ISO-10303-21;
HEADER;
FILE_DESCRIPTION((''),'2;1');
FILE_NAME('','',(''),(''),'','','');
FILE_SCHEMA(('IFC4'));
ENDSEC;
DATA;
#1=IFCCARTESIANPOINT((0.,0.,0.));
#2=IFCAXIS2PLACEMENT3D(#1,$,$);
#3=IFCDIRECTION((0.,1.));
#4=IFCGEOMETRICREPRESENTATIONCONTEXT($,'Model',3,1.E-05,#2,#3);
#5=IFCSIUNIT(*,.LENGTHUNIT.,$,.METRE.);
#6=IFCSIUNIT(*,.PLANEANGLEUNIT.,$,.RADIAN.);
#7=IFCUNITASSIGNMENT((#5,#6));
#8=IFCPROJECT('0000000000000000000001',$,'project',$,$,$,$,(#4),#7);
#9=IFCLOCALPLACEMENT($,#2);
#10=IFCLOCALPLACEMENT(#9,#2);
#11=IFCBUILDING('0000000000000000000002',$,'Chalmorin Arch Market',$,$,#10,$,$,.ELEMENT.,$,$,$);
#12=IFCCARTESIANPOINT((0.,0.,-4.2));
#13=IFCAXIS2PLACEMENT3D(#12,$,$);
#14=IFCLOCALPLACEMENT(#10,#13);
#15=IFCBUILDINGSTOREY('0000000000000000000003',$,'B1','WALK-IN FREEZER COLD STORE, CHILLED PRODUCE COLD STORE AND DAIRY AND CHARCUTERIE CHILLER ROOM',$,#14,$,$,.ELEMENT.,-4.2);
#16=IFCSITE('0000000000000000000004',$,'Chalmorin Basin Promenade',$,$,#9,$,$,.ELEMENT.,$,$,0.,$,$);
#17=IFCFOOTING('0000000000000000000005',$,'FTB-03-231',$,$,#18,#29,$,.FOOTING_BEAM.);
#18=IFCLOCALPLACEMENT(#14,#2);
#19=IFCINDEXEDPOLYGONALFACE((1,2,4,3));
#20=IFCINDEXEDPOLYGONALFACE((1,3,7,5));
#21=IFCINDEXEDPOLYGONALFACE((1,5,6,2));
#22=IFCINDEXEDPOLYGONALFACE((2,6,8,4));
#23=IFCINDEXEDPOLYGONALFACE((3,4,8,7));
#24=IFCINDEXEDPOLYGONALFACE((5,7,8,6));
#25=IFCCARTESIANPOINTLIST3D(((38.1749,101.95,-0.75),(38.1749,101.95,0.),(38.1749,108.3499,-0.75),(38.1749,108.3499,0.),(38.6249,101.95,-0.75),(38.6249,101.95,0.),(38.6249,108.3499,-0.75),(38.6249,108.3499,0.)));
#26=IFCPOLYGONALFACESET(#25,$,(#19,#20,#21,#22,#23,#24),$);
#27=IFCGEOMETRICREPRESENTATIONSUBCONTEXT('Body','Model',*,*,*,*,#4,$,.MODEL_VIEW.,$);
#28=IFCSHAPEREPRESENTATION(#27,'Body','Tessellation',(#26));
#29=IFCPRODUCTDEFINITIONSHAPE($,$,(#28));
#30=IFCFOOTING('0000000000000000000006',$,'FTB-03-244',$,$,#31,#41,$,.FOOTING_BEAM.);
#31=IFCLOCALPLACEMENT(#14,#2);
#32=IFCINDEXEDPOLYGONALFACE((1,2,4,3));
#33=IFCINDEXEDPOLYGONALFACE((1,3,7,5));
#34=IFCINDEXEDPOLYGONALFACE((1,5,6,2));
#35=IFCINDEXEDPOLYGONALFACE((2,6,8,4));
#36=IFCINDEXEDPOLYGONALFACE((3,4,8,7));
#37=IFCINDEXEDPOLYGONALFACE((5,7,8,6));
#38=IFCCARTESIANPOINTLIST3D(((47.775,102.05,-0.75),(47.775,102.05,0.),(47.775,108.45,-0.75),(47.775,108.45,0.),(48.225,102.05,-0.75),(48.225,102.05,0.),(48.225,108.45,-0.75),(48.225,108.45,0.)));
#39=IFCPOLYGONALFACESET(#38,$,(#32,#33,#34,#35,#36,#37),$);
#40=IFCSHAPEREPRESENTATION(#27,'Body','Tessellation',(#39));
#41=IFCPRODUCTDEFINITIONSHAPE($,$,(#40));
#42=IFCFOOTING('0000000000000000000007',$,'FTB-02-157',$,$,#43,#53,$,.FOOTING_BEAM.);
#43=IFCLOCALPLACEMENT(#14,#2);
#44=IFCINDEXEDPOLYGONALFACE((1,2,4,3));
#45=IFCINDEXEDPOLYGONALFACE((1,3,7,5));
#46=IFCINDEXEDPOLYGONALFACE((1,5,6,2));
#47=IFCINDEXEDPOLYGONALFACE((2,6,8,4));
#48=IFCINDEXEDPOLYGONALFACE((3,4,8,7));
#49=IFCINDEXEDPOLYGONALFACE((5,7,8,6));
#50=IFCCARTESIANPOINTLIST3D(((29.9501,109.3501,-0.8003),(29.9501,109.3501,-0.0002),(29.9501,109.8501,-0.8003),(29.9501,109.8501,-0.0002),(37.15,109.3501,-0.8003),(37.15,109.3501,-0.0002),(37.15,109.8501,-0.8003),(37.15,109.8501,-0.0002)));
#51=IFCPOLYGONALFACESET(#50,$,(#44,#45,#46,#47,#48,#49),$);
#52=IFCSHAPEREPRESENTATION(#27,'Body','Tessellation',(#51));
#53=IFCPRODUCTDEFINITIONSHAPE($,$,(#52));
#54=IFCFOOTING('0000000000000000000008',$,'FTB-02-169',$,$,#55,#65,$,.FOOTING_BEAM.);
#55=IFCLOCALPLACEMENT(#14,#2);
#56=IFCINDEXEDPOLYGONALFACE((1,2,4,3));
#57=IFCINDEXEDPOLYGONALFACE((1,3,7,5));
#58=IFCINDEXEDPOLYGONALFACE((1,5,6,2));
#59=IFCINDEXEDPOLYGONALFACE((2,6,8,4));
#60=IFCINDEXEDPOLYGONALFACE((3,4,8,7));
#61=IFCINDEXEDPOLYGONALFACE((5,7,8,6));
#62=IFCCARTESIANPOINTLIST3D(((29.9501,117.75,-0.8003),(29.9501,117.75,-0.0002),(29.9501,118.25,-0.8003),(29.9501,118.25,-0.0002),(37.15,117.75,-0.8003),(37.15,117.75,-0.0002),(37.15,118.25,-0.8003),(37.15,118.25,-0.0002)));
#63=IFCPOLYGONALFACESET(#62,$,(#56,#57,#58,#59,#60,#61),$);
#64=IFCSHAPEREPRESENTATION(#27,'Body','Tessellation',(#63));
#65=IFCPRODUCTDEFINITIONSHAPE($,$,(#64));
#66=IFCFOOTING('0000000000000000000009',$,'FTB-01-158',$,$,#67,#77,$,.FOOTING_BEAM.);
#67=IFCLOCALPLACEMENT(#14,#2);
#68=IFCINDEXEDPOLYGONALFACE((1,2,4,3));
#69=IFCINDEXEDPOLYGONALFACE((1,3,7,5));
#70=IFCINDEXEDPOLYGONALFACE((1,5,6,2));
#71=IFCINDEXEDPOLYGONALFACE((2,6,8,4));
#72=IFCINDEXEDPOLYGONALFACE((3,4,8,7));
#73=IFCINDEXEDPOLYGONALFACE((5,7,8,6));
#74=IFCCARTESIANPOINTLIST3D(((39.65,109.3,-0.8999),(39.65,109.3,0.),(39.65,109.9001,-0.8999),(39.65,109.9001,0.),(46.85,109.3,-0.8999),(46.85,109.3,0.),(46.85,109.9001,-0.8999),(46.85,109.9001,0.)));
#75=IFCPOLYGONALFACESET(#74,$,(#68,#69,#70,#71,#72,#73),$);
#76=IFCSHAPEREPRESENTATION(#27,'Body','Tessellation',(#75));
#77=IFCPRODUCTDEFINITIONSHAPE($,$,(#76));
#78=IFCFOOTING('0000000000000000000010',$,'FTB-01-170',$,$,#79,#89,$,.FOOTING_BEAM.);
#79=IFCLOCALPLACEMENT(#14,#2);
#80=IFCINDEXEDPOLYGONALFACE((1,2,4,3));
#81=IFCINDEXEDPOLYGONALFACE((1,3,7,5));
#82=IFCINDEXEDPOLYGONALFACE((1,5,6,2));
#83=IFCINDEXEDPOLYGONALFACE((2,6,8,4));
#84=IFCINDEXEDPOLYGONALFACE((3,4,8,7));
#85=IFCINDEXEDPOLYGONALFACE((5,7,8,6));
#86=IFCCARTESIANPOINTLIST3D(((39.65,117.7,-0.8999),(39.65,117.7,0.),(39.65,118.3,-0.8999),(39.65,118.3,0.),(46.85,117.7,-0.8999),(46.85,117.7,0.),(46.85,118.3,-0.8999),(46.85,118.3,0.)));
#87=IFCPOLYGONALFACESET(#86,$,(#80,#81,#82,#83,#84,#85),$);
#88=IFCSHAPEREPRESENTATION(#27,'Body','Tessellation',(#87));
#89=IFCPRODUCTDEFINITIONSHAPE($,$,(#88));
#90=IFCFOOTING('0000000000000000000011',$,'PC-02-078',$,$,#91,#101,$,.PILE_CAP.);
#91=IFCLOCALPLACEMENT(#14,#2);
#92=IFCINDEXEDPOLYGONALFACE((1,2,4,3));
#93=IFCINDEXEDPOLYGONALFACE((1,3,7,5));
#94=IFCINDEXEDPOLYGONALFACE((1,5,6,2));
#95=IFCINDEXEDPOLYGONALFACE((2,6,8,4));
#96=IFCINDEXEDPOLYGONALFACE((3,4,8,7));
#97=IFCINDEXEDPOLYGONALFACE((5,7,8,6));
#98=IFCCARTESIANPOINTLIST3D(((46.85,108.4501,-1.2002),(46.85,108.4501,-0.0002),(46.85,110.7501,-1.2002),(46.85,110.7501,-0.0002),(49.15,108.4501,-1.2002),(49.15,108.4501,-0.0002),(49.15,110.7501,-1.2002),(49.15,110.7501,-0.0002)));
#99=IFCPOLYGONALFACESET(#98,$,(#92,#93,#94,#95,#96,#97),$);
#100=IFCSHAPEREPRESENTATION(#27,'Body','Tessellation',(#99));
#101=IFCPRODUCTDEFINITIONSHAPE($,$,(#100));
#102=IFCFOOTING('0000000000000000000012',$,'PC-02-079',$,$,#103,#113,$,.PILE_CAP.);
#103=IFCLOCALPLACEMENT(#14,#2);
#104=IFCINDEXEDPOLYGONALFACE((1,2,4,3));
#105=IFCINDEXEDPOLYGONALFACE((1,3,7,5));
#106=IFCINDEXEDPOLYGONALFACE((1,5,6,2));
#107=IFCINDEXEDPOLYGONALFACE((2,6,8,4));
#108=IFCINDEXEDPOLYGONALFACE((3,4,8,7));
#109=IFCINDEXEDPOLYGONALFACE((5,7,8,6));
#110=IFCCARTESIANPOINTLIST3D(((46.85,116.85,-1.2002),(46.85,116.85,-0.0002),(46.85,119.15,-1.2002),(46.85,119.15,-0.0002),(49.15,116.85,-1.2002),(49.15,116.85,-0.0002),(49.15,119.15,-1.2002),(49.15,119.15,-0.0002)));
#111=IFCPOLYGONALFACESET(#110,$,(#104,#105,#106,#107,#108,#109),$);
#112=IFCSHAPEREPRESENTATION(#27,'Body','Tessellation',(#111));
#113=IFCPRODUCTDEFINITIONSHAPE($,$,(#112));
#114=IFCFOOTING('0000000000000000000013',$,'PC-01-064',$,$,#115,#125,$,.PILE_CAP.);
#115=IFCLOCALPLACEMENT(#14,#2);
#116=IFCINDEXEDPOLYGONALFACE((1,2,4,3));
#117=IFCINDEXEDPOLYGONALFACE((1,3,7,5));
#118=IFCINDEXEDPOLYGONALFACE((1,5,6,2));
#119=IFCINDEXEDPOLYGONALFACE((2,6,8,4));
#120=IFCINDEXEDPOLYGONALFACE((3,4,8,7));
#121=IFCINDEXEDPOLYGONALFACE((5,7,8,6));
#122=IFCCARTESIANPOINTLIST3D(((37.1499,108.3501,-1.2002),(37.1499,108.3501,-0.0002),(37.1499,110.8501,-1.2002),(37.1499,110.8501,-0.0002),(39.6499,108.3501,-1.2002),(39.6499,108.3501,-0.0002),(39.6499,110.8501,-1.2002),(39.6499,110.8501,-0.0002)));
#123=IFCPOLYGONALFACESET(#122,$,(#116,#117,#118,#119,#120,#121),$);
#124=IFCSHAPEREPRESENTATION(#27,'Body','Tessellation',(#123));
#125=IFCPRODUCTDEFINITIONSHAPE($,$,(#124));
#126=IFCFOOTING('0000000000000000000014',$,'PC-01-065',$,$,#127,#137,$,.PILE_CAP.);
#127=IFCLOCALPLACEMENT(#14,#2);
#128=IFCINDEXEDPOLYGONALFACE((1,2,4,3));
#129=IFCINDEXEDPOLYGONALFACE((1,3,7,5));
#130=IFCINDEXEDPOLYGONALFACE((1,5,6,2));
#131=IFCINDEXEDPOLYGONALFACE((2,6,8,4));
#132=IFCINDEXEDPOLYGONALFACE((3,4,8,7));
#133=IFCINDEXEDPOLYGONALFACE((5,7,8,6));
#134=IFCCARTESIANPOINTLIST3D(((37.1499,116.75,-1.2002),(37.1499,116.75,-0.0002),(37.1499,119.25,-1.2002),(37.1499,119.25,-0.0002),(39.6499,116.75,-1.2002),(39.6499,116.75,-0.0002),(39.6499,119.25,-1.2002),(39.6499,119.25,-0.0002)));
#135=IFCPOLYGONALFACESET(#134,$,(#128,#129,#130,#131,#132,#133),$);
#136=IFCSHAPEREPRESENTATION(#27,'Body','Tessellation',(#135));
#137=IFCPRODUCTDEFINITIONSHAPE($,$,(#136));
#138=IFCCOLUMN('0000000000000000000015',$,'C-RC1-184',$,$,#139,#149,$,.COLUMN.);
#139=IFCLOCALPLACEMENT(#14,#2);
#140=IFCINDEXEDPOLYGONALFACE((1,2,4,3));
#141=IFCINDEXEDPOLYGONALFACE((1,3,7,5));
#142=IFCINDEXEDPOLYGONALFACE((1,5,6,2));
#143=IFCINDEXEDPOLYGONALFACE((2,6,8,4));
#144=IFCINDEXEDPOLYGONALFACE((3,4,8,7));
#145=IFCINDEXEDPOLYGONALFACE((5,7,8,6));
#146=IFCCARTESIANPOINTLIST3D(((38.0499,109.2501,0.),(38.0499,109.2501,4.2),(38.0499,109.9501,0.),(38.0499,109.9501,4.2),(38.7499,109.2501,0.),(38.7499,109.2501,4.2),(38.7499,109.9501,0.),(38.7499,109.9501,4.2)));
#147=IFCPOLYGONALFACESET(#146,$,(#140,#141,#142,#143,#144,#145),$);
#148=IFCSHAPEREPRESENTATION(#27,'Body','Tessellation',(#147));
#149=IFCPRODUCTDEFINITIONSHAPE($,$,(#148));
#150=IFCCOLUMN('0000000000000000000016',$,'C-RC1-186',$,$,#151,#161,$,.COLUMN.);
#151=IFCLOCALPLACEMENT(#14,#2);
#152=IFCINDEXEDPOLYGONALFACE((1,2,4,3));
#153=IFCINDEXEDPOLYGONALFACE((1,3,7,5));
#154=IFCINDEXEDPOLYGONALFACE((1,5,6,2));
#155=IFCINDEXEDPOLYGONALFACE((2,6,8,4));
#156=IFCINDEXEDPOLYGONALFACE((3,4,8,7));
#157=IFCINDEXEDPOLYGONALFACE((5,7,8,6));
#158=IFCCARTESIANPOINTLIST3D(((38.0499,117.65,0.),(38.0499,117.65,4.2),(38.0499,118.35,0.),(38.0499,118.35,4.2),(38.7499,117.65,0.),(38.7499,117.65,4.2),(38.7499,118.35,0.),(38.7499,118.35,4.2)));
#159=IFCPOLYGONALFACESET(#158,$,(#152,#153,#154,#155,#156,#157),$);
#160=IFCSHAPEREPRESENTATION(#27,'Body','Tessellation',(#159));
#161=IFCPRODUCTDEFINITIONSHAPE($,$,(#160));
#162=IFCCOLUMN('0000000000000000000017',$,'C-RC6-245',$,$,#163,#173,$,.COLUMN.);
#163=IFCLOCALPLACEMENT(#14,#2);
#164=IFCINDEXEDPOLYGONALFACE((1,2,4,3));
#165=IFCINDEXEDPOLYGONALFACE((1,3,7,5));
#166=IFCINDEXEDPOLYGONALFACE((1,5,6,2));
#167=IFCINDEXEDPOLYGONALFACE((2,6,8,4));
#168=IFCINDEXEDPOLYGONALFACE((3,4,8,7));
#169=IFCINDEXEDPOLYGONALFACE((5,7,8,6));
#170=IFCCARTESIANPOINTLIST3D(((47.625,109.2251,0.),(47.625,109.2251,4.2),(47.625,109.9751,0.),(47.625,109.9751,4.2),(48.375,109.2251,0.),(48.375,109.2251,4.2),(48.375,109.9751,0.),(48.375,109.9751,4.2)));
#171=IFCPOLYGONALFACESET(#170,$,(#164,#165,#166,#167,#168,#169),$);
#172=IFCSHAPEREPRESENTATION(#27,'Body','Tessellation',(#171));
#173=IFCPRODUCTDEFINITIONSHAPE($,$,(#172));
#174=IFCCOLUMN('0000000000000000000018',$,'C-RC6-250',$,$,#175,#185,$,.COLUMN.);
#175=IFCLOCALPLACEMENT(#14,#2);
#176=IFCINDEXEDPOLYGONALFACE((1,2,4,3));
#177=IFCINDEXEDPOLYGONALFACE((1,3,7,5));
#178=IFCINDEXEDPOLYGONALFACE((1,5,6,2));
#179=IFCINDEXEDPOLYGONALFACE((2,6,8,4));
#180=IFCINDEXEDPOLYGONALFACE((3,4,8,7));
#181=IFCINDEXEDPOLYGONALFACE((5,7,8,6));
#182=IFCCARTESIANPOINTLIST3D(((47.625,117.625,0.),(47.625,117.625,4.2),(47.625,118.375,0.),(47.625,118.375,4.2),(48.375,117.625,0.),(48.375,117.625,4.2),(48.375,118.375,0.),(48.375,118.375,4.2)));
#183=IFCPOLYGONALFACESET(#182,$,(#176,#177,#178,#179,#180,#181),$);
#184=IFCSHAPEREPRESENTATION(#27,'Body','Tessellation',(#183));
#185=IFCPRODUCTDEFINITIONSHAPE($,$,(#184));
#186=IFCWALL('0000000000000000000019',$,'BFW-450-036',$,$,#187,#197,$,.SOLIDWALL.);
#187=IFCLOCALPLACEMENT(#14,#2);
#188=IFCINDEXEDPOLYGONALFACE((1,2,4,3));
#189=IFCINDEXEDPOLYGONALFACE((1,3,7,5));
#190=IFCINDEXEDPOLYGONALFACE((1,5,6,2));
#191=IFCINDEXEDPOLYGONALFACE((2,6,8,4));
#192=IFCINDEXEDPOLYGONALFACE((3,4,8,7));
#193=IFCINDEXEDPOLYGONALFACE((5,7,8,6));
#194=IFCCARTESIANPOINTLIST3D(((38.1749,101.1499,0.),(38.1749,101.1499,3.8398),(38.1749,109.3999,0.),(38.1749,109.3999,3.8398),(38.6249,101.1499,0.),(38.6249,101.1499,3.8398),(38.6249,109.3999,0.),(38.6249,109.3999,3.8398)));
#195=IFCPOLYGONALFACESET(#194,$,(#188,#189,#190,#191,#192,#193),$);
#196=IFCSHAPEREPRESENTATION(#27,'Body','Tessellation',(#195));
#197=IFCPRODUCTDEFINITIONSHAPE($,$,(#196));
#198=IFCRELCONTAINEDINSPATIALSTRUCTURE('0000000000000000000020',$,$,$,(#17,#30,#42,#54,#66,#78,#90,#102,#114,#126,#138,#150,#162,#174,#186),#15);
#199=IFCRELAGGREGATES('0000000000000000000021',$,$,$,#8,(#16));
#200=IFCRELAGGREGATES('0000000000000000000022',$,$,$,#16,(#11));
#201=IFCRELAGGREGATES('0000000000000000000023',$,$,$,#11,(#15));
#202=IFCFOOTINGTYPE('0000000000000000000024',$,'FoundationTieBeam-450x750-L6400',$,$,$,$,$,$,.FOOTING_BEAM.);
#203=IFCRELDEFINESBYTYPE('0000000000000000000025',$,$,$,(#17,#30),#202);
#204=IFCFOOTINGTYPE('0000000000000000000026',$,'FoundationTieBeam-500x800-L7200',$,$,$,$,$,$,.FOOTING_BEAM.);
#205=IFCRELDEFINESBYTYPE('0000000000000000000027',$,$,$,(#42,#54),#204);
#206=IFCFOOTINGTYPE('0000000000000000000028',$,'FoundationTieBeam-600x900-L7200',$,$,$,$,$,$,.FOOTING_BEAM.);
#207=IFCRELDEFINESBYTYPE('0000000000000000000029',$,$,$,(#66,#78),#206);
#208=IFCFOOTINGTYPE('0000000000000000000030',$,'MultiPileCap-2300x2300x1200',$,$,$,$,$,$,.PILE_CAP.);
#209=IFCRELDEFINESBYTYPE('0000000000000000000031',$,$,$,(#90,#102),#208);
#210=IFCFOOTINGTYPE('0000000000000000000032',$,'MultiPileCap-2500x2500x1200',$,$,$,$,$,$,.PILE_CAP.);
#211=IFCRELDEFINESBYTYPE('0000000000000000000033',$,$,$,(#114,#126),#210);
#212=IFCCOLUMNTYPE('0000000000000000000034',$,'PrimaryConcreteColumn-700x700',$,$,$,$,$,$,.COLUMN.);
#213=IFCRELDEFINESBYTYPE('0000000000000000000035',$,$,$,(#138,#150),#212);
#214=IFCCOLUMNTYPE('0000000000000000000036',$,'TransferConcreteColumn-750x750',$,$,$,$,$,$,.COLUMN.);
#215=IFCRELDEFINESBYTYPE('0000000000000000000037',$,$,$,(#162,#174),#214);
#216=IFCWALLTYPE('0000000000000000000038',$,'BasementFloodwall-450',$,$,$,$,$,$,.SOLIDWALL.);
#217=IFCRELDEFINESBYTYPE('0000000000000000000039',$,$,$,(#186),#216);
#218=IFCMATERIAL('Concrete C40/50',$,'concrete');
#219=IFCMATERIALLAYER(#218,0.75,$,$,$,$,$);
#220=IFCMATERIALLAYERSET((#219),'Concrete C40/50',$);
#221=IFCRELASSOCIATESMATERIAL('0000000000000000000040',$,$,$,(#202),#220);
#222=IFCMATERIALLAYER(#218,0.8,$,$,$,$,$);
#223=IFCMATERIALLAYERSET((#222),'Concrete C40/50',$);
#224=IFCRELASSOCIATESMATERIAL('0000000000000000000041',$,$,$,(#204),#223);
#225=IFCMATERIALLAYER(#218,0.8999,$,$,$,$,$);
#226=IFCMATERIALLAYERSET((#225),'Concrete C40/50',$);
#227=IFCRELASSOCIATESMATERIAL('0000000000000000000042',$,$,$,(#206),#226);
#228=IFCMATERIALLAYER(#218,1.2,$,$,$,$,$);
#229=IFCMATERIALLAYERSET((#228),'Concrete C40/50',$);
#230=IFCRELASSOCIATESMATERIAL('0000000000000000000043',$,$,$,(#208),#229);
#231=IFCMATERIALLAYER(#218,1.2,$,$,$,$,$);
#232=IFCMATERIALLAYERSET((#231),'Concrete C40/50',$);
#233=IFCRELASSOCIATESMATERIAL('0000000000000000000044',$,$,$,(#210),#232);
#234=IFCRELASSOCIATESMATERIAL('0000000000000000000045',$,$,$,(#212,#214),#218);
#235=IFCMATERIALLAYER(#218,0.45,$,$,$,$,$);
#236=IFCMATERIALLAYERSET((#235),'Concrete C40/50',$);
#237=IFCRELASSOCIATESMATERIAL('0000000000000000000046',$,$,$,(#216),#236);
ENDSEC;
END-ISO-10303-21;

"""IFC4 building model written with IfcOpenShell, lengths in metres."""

from ifc_helpers import new_model, si_unit, direction, frame, frame_2d, origin, origin_2d, place, context, subcontext, project, spatial, rectangle, extrude, material, layer, layer_set, material_profile, profile_set, type_object, element, save


model = new_model("IFC4")

# Units and contexts
model_context = context("Model", 3, precision=1e-05, world=origin(), true_north=direction((0.0, 1.0)))
body_context = subcontext(model_context, "Body", "Model", "MODEL_VIEW")
ifc_project = project(units=[si_unit("LENGTHUNIT", "METRE"), si_unit("PLANEANGLEUNIT", "RADIAN")], contexts=[model_context])

# Site, building, storey
site_placement = place(None, origin())
site = spatial("IfcSite", under=ifc_project, at=site_placement, Name="Chalmorin Basin Promenade", CompositionType="ELEMENT", RefElevation=0.0)
building_placement = place(site_placement, origin())
building = spatial("IfcBuilding", under=site, at=building_placement, Name="Chalmorin Arch Market", CompositionType="ELEMENT")
storey_placement = place(building_placement, frame((0.0, 0.0, -4.2)))
storey = spatial("IfcBuildingStorey", under=building, at=storey_placement, Name="B1", Description="WALK-IN FREEZER COLD STORE, CHILLED PRODUCE COLD STORE AND DAIRY AND CHARCUTERIE CHILLER ROOM", CompositionType="ELEMENT", Elevation=-4.2)

# Footings
ifc_material_1 = material(Name="Concrete C40/50", Category="concrete")
ifc_layer_1 = layer(ifc_material_1, 0.75)
ifc_layer_set_1 = layer_set([ifc_layer_1], Name="Concrete C40/50")
footing_type_1 = type_object("IfcFootingType", Name="FoundationTieBeam-450x750-L6400", PredefinedType="FOOTING_BEAM", material=ifc_layer_set_1)
for number, where, z_axis, x_axis, name in (
    (1, (38.3999, 105.1499, -0.75), (0.0, 0.0, 1.0), (0.0, 1.0, 0.0), "FTB-03-231"),
    (2, (48.0, 105.25, -0.75), (0.0, 0.0, 1.0), (0.0, 1.0, 0.0), "FTB-03-244"),
):
    element("IfcFooting", number, at=place(storey_placement, frame(where, z_axis=z_axis, x_axis=x_axis)), inside=storey, type_object=footing_type_1, Name=name, PredefinedType="FOOTING_BEAM", context=body_context, shape_type="SweptSolid", body=[
        extrude(rectangle(XDim=6.3999, YDim=0.45, at=origin_2d()), origin(), (0.0, 0.0, 1.0), 0.75),
    ])
ifc_layer_2 = layer(ifc_material_1, 0.8)
ifc_layer_set_2 = layer_set([ifc_layer_2], Name="Concrete C40/50")
footing_type_2 = type_object("IfcFootingType", Name="FoundationTieBeam-500x800-L7200", PredefinedType="FOOTING_BEAM", material=ifc_layer_set_2)
for number, where, z_axis, x_axis, name in (
    (3, (33.55, 109.6001, -0.8003), (0.0, 0.0, 1.0), (1.0, 0.0, 0.0), "FTB-02-157"),
    (4, (33.55, 118.0, -0.8003), (0.0, 0.0, 1.0), (1.0, 0.0, 0.0), "FTB-02-169"),
):
    element("IfcFooting", number, at=place(storey_placement, frame(where, z_axis=z_axis, x_axis=x_axis)), inside=storey, type_object=footing_type_2, Name=name, PredefinedType="FOOTING_BEAM", context=body_context, shape_type="SweptSolid", body=[
        extrude(rectangle(XDim=7.2, YDim=0.5, at=origin_2d()), origin(), (0.0, 0.0, 1.0), 0.8),
    ])
ifc_layer_3 = layer(ifc_material_1, 0.8999)
ifc_layer_set_3 = layer_set([ifc_layer_3], Name="Concrete C40/50")
footing_type_3 = type_object("IfcFootingType", Name="FoundationTieBeam-600x900-L7200", PredefinedType="FOOTING_BEAM", material=ifc_layer_set_3)
for number, where, z_axis, x_axis, name in (
    (5, (43.25, 109.6001, -0.8999), (0.0, 0.0, 1.0), (1.0, 0.0, 0.0), "FTB-01-158"),
    (6, (43.25, 118.0, -0.8999), (0.0, 0.0, 1.0), (1.0, 0.0, 0.0), "FTB-01-170"),
):
    element("IfcFooting", number, at=place(storey_placement, frame(where, z_axis=z_axis, x_axis=x_axis)), inside=storey, type_object=footing_type_3, Name=name, PredefinedType="FOOTING_BEAM", context=body_context, shape_type="SweptSolid", body=[
        extrude(rectangle(XDim=7.2, YDim=0.6001, at=origin_2d()), origin(), (0.0, 0.0, 1.0), 0.8999),
    ])
ifc_layer_4 = layer(ifc_material_1, 1.2)
ifc_layer_set_4 = layer_set([ifc_layer_4], Name="Concrete C40/50")
footing_type_4 = type_object("IfcFootingType", Name="MultiPileCap-2300x2300x1200", PredefinedType="PILE_CAP", material=ifc_layer_set_4)
for number, where, z_axis, x_axis, name in (
    (7, (48.0, 109.6001, -1.2002), (0.0, 0.0, 1.0), (1.0, 0.0, 0.0), "PC-02-078"),
    (8, (48.0, 118.0, -1.2002), (0.0, 0.0, 1.0), (1.0, 0.0, 0.0), "PC-02-079"),
):
    element("IfcFooting", number, at=place(storey_placement, frame(where, z_axis=z_axis, x_axis=x_axis)), inside=storey, type_object=footing_type_4, Name=name, PredefinedType="PILE_CAP", context=body_context, shape_type="SweptSolid", body=[
        extrude(rectangle(XDim=2.3, YDim=2.3, at=origin_2d()), origin(), (0.0, 0.0, 1.0), 1.2),
    ])
ifc_layer_5 = layer(ifc_material_1, 1.2)
ifc_layer_set_5 = layer_set([ifc_layer_5], Name="Concrete C40/50")
footing_type_5 = type_object("IfcFootingType", Name="MultiPileCap-2500x2500x1200", PredefinedType="PILE_CAP", material=ifc_layer_set_5)
for number, where, z_axis, x_axis, name in (
    (9, (38.3999, 109.6001, -1.2002), (0.0, 0.0, 1.0), (1.0, 0.0, 0.0), "PC-01-064"),
    (10, (38.3999, 118.0, -1.2002), (0.0, 0.0, 1.0), (1.0, 0.0, 0.0), "PC-01-065"),
):
    element("IfcFooting", number, at=place(storey_placement, frame(where, z_axis=z_axis, x_axis=x_axis)), inside=storey, type_object=footing_type_5, Name=name, PredefinedType="PILE_CAP", context=body_context, shape_type="SweptSolid", body=[
        extrude(rectangle(XDim=2.5, YDim=2.5, at=origin_2d()), origin(), (0.0, 0.0, 1.0), 1.2),
    ])

# Columns
ifc_material_profile_1 = material_profile(ifc_material_1, rectangle(XDim=0.7, YDim=0.7, at=origin_2d()), Name="RC700X700")
ifc_profile_set_1 = profile_set([ifc_material_profile_1], Name="Concrete C40/50")
column_type_1 = type_object("IfcColumnType", Name="PrimaryConcreteColumn-700x700", PredefinedType="COLUMN", material=ifc_profile_set_1)
for number, where, z_axis, x_axis, name in (
    (11, (38.3999, 109.6001, 0.0), (0.0, 0.0, 1.0), (1.0, 0.0, 0.0), "C-RC1-184"),
    (12, (38.3999, 118.0, 0.0), (0.0, 0.0, 1.0), (1.0, 0.0, 0.0), "C-RC1-186"),
):
    element("IfcColumn", number, at=place(storey_placement, frame(where, z_axis=z_axis, x_axis=x_axis)), inside=storey, type_object=column_type_1, Name=name, PredefinedType="COLUMN", context=body_context, shape_type="SweptSolid", body=[
        extrude(rectangle(XDim=0.7, YDim=0.7, at=origin_2d()), origin(), (0.0, 0.0, 1.0), 4.2),
    ])
ifc_material_profile_2 = material_profile(ifc_material_1, rectangle(XDim=0.75, YDim=0.75, at=origin_2d()), Name="RC750X750")
ifc_profile_set_2 = profile_set([ifc_material_profile_2], Name="Concrete C40/50")
column_type_2 = type_object("IfcColumnType", Name="TransferConcreteColumn-750x750", PredefinedType="COLUMN", material=ifc_profile_set_2)
for number, where, z_axis, x_axis, name in (
    (13, (48.0, 109.6001, 0.0), (0.0, 0.0, 1.0), (1.0, 0.0, 0.0), "C-RC6-245"),
    (14, (48.0, 118.0, 0.0), (0.0, 0.0, 1.0), (1.0, 0.0, 0.0), "C-RC6-250"),
):
    element("IfcColumn", number, at=place(storey_placement, frame(where, z_axis=z_axis, x_axis=x_axis)), inside=storey, type_object=column_type_2, Name=name, PredefinedType="COLUMN", context=body_context, shape_type="SweptSolid", body=[
        extrude(rectangle(XDim=0.75, YDim=0.75, at=origin_2d()), origin(), (0.0, 0.0, 1.0), 4.2),
    ])

# Wall
ifc_layer_6 = layer(ifc_material_1, 0.45)
ifc_layer_set_6 = layer_set([ifc_layer_6], Name="Concrete C40/50")
wall_type = type_object("IfcWallType", Name="BasementFloodwall-450", PredefinedType="SOLIDWALL", material=ifc_layer_set_6)
for number, where, z_axis, x_axis, name in (
    (15, (38.3999, 101.1499, 0.0), (0.0, 0.0, 1.0), (0.0, 1.0, 0.0), "BFW-450-036"),
):
    element("IfcWall", number, at=place(storey_placement, frame(where, z_axis=z_axis, x_axis=x_axis)), inside=storey, type_object=wall_type, Name=name, PredefinedType="SOLIDWALL", context=body_context, shape_type="SweptSolid", body=[
        extrude(rectangle(XDim=8.25, YDim=0.45, at=frame_2d((4.125, 0.0))), origin(), (0.0, 0.0, 1.0), 3.8398),
    ])

save(model, "model.ifc")
